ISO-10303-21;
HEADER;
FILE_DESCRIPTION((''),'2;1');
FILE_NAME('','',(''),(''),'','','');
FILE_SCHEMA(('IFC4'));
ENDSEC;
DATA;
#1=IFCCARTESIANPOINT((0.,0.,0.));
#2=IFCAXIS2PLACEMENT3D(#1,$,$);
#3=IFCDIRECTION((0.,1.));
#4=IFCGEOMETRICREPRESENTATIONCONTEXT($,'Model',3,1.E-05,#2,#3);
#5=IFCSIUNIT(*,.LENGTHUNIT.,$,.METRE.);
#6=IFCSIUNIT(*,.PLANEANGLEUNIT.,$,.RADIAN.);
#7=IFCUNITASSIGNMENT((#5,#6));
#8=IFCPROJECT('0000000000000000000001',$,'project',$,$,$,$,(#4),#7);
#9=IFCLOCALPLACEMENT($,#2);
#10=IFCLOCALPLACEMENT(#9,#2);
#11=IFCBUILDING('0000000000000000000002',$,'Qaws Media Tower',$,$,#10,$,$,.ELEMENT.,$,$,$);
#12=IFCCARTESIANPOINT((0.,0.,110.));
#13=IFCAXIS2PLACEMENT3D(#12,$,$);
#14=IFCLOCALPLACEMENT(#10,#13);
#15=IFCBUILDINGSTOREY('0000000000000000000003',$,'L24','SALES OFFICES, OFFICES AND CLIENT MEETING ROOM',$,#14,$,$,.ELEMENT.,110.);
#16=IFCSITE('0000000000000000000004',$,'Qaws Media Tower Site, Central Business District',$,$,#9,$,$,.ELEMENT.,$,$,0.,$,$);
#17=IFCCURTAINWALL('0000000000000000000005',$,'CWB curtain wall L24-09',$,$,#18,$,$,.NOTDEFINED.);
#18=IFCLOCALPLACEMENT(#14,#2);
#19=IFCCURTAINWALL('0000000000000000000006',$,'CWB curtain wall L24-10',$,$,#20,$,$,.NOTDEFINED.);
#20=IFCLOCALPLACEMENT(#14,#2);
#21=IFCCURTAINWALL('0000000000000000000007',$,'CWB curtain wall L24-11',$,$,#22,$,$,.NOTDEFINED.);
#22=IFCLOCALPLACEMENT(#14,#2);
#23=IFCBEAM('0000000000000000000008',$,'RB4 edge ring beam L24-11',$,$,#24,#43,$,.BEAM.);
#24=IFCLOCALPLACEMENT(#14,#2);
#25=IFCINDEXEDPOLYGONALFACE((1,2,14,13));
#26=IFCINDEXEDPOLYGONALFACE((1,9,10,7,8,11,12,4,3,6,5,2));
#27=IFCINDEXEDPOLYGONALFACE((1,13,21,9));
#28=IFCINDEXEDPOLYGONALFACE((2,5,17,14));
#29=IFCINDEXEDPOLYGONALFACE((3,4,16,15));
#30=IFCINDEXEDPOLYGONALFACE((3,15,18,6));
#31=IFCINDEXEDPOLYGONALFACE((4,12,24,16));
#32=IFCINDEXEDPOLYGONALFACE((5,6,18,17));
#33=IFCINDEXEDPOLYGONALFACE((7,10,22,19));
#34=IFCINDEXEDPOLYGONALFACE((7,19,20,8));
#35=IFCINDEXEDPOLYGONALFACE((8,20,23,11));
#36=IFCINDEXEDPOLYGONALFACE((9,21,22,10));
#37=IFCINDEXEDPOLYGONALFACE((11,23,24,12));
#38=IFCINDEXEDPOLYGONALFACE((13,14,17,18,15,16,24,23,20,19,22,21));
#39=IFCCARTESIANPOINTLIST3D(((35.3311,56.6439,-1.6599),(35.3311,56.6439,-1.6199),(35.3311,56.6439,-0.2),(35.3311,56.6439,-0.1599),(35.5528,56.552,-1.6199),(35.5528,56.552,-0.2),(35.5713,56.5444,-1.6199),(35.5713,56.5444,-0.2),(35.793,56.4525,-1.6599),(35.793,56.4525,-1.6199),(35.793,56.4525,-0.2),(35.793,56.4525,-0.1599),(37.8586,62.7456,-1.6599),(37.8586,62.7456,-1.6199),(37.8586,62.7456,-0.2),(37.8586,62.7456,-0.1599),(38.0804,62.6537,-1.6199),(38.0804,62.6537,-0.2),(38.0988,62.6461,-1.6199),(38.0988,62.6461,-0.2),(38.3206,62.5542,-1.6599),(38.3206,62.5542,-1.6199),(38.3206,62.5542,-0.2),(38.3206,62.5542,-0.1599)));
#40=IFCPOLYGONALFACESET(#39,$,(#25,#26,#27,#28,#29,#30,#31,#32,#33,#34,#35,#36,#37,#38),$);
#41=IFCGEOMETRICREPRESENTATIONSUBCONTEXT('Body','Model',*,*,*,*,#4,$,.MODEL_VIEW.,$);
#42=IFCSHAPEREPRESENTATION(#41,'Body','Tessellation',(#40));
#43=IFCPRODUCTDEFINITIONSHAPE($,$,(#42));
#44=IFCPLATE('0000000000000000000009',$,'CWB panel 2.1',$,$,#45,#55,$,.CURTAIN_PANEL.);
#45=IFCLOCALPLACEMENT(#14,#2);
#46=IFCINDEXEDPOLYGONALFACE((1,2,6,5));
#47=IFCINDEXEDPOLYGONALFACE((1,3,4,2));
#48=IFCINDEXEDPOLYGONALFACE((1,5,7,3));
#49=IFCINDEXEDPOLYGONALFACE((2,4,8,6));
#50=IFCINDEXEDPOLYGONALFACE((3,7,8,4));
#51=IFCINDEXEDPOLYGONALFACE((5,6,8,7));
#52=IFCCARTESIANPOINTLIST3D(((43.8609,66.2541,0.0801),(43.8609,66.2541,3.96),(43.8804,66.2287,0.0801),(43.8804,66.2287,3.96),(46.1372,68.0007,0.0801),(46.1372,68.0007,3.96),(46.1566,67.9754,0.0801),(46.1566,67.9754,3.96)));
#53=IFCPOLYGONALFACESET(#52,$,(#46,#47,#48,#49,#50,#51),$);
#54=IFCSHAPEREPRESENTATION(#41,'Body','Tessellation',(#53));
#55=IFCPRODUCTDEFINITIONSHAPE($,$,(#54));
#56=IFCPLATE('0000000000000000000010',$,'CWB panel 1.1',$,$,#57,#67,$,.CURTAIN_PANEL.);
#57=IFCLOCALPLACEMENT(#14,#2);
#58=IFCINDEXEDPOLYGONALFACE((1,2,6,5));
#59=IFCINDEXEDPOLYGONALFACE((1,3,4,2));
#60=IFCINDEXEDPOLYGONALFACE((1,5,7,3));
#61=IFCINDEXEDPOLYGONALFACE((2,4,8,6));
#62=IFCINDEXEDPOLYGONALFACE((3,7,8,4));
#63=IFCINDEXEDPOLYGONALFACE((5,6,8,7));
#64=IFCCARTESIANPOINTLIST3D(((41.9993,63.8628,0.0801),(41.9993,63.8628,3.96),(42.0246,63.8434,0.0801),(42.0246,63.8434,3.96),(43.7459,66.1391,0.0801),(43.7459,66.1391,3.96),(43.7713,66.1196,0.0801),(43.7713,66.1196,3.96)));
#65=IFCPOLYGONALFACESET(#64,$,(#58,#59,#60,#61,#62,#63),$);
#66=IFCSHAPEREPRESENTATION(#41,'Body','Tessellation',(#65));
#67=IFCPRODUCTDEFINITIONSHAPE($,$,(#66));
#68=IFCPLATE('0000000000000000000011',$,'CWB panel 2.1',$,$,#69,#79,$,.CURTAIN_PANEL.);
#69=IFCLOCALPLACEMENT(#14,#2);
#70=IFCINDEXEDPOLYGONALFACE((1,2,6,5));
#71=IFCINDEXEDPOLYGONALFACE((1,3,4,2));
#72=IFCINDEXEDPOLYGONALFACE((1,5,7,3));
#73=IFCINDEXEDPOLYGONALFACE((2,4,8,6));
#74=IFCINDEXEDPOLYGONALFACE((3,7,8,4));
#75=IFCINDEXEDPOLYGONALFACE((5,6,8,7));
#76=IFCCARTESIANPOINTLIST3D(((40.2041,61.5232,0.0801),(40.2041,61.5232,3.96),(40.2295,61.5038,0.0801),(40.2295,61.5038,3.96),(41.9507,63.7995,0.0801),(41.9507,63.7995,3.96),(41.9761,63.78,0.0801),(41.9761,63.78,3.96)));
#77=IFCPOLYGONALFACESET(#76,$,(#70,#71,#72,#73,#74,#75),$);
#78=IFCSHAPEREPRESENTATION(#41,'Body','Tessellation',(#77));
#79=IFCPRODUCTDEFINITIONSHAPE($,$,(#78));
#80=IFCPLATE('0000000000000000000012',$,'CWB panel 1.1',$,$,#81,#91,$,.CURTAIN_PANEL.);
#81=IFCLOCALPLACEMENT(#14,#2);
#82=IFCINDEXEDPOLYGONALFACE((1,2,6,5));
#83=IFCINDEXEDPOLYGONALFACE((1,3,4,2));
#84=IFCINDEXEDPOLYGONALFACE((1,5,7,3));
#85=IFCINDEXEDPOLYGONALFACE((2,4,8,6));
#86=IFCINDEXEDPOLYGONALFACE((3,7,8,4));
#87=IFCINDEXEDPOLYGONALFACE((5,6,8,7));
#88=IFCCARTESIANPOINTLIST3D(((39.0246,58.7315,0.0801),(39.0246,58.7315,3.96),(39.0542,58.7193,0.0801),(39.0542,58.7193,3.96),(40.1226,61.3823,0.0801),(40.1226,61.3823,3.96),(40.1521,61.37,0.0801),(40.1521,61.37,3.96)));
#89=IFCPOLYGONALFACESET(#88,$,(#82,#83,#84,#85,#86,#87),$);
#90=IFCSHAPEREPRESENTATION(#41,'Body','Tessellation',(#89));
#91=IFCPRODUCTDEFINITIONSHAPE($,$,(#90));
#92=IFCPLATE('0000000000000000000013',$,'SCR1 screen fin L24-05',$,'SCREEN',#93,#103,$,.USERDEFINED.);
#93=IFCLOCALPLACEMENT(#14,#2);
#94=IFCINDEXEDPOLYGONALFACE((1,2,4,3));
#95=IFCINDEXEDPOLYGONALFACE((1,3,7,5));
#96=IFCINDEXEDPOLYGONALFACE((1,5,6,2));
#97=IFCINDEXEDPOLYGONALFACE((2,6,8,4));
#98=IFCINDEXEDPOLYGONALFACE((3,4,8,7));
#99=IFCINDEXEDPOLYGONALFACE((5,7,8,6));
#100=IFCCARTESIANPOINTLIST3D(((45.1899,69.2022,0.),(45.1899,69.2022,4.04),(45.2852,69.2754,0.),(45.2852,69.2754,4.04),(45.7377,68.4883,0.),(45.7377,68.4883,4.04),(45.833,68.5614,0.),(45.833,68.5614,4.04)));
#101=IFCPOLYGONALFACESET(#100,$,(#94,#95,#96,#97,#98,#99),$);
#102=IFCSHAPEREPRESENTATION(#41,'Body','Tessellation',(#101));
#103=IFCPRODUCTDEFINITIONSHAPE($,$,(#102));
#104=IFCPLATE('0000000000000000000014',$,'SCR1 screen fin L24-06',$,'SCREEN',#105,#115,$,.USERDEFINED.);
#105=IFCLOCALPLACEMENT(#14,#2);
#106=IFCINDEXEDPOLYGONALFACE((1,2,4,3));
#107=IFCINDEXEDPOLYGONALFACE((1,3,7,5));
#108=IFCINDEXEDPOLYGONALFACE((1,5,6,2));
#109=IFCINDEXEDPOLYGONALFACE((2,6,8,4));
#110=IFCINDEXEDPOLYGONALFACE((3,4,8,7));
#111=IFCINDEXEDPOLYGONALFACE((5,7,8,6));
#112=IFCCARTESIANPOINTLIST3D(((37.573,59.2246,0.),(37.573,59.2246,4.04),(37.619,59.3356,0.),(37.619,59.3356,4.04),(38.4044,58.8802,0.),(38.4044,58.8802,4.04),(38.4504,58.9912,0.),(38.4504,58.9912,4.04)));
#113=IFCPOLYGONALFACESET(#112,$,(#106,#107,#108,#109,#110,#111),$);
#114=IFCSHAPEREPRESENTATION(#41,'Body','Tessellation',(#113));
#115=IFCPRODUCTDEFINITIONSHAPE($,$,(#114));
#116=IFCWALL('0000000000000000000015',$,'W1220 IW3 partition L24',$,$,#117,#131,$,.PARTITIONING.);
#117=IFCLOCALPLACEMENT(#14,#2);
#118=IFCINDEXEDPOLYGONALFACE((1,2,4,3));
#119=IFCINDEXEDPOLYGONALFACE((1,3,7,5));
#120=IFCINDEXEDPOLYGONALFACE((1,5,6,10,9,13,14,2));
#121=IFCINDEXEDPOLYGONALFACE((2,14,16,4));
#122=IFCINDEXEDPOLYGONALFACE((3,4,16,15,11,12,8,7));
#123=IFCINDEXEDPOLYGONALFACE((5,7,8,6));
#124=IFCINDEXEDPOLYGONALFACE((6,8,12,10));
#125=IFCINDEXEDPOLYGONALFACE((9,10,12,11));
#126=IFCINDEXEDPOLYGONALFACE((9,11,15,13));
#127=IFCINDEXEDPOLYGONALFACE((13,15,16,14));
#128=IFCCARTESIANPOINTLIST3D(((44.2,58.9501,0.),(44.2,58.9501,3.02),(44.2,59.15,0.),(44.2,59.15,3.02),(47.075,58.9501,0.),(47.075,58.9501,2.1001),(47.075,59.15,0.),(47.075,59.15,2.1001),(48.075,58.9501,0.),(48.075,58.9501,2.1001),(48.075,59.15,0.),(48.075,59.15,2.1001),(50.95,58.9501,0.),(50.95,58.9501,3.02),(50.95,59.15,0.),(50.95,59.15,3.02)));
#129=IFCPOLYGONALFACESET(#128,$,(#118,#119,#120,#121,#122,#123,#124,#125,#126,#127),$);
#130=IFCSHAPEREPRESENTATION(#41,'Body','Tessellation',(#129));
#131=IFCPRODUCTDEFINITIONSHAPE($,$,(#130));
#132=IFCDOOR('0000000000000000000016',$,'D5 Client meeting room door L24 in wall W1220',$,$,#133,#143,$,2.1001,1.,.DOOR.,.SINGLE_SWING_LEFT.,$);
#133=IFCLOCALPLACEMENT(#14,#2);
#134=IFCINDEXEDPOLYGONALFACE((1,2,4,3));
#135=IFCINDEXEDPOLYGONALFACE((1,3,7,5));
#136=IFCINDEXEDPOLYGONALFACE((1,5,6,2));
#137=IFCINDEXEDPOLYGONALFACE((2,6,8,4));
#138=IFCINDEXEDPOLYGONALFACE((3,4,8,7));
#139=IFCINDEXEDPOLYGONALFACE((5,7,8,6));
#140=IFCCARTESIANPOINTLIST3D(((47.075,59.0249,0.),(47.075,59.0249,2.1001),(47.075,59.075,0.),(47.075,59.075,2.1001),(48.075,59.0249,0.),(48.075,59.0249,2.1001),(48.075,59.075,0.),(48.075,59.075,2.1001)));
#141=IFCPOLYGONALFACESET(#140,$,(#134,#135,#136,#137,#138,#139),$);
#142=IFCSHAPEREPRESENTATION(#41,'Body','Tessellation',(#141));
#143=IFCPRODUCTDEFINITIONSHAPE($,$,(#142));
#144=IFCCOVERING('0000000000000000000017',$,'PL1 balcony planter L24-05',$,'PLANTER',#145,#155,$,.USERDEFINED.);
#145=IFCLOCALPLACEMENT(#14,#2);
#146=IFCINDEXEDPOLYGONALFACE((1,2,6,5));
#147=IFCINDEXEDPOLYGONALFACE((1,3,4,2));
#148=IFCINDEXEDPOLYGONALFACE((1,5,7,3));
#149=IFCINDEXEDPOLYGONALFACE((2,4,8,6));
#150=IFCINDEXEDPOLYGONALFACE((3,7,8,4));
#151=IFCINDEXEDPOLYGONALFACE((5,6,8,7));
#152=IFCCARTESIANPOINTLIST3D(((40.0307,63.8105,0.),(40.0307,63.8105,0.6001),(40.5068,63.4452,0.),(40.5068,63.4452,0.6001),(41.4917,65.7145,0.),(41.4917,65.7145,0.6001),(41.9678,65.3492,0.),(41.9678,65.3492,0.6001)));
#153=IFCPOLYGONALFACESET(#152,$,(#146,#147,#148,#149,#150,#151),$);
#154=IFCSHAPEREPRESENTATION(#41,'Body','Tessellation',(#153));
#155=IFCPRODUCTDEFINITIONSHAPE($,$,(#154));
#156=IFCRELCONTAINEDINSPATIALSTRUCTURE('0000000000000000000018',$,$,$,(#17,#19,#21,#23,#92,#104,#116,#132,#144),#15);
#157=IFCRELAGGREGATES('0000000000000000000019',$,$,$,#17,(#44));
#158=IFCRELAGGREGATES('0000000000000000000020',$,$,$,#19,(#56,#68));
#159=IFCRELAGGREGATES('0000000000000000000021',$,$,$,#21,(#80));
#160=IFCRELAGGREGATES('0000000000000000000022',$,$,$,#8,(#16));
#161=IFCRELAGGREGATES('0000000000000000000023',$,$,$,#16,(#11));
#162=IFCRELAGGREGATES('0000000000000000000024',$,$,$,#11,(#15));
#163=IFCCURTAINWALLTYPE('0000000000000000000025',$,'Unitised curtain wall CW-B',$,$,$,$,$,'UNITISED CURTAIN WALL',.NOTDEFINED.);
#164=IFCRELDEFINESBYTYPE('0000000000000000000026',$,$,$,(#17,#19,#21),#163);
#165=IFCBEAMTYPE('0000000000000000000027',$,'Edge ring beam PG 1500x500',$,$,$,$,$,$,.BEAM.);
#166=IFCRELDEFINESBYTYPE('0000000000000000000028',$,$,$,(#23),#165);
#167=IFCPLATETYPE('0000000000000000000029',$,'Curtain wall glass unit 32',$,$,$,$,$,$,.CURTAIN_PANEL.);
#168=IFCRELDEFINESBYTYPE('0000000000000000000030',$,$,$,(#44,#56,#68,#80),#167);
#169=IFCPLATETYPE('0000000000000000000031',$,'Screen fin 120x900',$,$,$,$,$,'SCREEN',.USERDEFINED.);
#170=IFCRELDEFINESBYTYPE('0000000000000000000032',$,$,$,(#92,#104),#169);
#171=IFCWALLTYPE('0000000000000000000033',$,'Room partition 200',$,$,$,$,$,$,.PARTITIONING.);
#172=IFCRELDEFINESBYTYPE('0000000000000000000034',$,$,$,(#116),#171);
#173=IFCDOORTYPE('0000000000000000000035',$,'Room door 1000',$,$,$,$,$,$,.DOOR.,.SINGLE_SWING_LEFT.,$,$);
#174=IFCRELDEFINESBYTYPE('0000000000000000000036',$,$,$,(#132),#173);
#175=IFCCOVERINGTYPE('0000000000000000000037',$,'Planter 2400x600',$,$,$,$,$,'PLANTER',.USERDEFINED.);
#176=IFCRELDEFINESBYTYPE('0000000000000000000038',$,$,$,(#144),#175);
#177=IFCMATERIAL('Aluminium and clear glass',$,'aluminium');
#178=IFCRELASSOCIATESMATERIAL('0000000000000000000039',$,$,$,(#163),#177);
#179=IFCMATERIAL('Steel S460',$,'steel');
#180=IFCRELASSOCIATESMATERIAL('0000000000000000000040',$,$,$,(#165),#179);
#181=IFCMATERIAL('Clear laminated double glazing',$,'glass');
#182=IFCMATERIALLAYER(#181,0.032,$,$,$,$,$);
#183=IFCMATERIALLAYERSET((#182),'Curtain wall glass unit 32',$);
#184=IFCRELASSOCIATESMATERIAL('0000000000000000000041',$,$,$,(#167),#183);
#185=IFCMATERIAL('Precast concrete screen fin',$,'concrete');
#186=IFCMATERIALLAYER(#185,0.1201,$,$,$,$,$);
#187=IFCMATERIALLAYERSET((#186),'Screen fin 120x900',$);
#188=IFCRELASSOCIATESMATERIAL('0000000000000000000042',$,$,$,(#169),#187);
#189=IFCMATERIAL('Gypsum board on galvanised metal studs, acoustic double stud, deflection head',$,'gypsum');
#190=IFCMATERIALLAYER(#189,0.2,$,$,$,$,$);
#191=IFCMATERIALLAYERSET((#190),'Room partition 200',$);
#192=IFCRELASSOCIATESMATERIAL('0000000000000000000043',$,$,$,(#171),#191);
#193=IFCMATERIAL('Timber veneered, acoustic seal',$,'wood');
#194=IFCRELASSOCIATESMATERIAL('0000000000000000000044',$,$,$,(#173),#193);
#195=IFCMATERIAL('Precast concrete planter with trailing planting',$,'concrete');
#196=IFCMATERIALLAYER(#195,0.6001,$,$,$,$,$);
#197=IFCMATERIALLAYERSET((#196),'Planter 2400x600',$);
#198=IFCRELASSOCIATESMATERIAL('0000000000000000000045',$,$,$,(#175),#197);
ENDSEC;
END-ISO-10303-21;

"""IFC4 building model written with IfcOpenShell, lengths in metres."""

from ifc_helpers import new_model, si_unit, direction, frame, frame_2d, origin, origin_2d, place, context, subcontext, project, spatial, rectangle, i_section, extrude, material, layer, layer_set, material_profile, profile_set, type_object, element, fill, aggregate, save


model = new_model("IFC4")

# Units and contexts
model_context = context("Model", 3, precision=1e-05, world=origin(), true_north=direction((0.0, 1.0)))
body_context = subcontext(model_context, "Body", "Model", "MODEL_VIEW")
ifc_project = project(units=[si_unit("LENGTHUNIT", "METRE"), si_unit("PLANEANGLEUNIT", "RADIAN")], contexts=[model_context])

# Site, building, storey
site_placement = place(None, origin())
site = spatial("IfcSite", under=ifc_project, at=site_placement, Name="Qaws Media Tower Site, Central Business District", CompositionType="ELEMENT", RefElevation=0.0)
building_placement = place(site_placement, origin())
building = spatial("IfcBuilding", under=site, at=building_placement, Name="Qaws Media Tower", CompositionType="ELEMENT")
storey_placement = place(building_placement, frame((0.0, 0.0, 110.0)))
storey = spatial("IfcBuildingStorey", under=building, at=storey_placement, Name="L24", Description="SALES OFFICES, OFFICES AND CLIENT MEETING ROOM", CompositionType="ELEMENT", Elevation=110.0)

# Curtain wall
ifc_material_1 = material(Name="Aluminium and clear glass", Category="aluminium")
curtain_wall_type = type_object("IfcCurtainWallType", Name="Unitised curtain wall CW-B", ElementType="UNITISED CURTAIN WALL", PredefinedType="NOTDEFINED", material=ifc_material_1)
curtain_wall_1_placement = place(storey_placement, origin())
curtain_wall_1 = element("IfcCurtainWall", 1, at=curtain_wall_1_placement, inside=storey, type_object=curtain_wall_type, Name="CWB curtain wall L24-09", PredefinedType="NOTDEFINED")

# Curtain walls
curtain_wall_2_placement = place(storey_placement, origin())
curtain_wall_2 = element("IfcCurtainWall", 2, at=curtain_wall_2_placement, inside=storey, type_object=curtain_wall_type, Name="CWB curtain wall L24-10", PredefinedType="NOTDEFINED")
curtain_wall_3_placement = place(storey_placement, origin())
curtain_wall_3 = element("IfcCurtainWall", 3, at=curtain_wall_3_placement, inside=storey, type_object=curtain_wall_type, Name="CWB curtain wall L24-11", PredefinedType="NOTDEFINED")

# Beam
ifc_material_2 = material(Name="Steel S460", Category="steel")
ifc_material_profile_1 = material_profile(ifc_material_2, i_section(OverallWidth=0.5, OverallDepth=1.5, WebThickness=0.02, FlangeThickness=0.04, at=origin_2d()), Name="PG 1500x500")
ifc_profile_set_1 = profile_set([ifc_material_profile_1], Name="Steel S460")
beam_type = type_object("IfcBeamType", Name="Edge ring beam PG 1500x500", PredefinedType="BEAM", material=ifc_profile_set_1)
beam_1_placement = place(storey_placement, frame((38.0896, 62.6499, -0.9099), z_axis=(-0.382701, -0.923872, 0.0), x_axis=(0.923872, -0.382701, 0.0)))
element("IfcBeam", 4, at=beam_1_placement, inside=storey, type_object=beam_type, Name="RB4 edge ring beam L24-11", PredefinedType="BEAM", context=body_context, shape_type="SweptSolid", body=[
    extrude(i_section(OverallWidth=0.5, OverallDepth=1.5, WebThickness=0.02, FlangeThickness=0.04, at=origin_2d()), origin(), (0.0, 0.0, 1.0), 6.6045),
])

# Plates
ifc_material_3 = material(Name="Clear laminated double glazing", Category="glass")
ifc_layer_1 = layer(ifc_material_3, 0.032)
ifc_layer_set_1 = layer_set([ifc_layer_1], Name="Curtain wall glass unit 32")
plate_type_1 = type_object("IfcPlateType", Name="Curtain wall glass unit 32", PredefinedType="CURTAIN_PANEL", material=ifc_layer_set_1)
plate_1_placement = place(storey_placement, frame((45.0088, 67.1147, 0.0801), z_axis=(0.0, 0.0, 1.0), x_axis=(-0.793353, -0.608762, 0.0)))
plate_1 = element("IfcPlate", 5, at=plate_1_placement, type_object=plate_type_1, Name="CWB panel 2.1", PredefinedType="CURTAIN_PANEL", context=body_context, shape_type="SweptSolid", body=[
    extrude(rectangle(XDim=2.8691, YDim=0.032, at=origin_2d()), origin(), (0.0, 0.0, 1.0), 3.8799),
])
aggregate(curtain_wall_1, [plate_1])
plate_2_placement = place(storey_placement, frame((42.8853, 64.9912, 0.0801), z_axis=(0.0, 0.0, 1.0), x_axis=(-0.608762, -0.793353, 0.0)))
plate_2 = element("IfcPlate", 6, at=plate_2_placement, type_object=plate_type_1, Name="CWB panel 1.1", PredefinedType="CURTAIN_PANEL", context=body_context, shape_type="SweptSolid", body=[
    extrude(rectangle(XDim=2.8691, YDim=0.032, at=origin_2d()), origin(), (0.0, 0.0, 1.0), 3.8799),
])
plate_3_placement = place(storey_placement, frame((41.0901, 62.6516, 0.0801), z_axis=(0.0, 0.0, 1.0), x_axis=(-0.608762, -0.793353, 0.0)))
plate_3 = element("IfcPlate", 7, at=plate_3_placement, type_object=plate_type_1, Name="CWB panel 2.1", PredefinedType="CURTAIN_PANEL", context=body_context, shape_type="SweptSolid", body=[
    extrude(rectangle(XDim=2.8691, YDim=0.032, at=origin_2d()), origin(), (0.0, 0.0, 1.0), 3.8799),
])
aggregate(curtain_wall_2, [plate_2, plate_3])
plate_4_placement = place(storey_placement, frame((39.5884, 60.0508, 0.0801), z_axis=(0.0, 0.0, 1.0), x_axis=(-0.382683, -0.92388, 0.0)))
plate_4 = element("IfcPlate", 8, at=plate_4_placement, type_object=plate_type_1, Name="CWB panel 1.1", PredefinedType="CURTAIN_PANEL", context=body_context, shape_type="SweptSolid", body=[
    extrude(rectangle(XDim=2.8691, YDim=0.032, at=origin_2d()), origin(), (0.0, 0.0, 1.0), 3.8799),
])
aggregate(curtain_wall_3, [plate_4])

# Plates
ifc_material_4 = material(Name="Precast concrete screen fin", Category="concrete")
ifc_layer_2 = layer(ifc_material_4, 0.1201)
ifc_layer_set_2 = layer_set([ifc_layer_2], Name="Screen fin 120x900")
plate_type_2 = type_object("IfcPlateType", Name="Screen fin 120x900", ElementType="SCREEN", PredefinedType="USERDEFINED", material=ifc_layer_set_2)
for number, where, z_axis, x_axis, name in (
    (9, (45.5115, 68.8818, 0.0), (0.0, 0.0, 1.0), (-0.608761, 0.793353, 0.0), "SCR1 screen fin L24-05"),
    (10, (38.0117, 59.1079, 0.0), (0.0, 0.0, 1.0), (-0.92388, 0.382683, 0.0), "SCR1 screen fin L24-06"),
):
    element("IfcPlate", number, at=place(storey_placement, frame(where, z_axis=z_axis, x_axis=x_axis)), inside=storey, type_object=plate_type_2, Name=name, ObjectType="SCREEN", PredefinedType="USERDEFINED", context=body_context, shape_type="SweptSolid", body=[
        extrude(rectangle(XDim=0.8999, YDim=0.1201, at=origin_2d()), origin(), (0.0, 0.0, 1.0), 4.04),
    ])

# Wall, opening, door
ifc_material_5 = material(Name="Gypsum board on galvanised metal studs, acoustic double stud, deflection head", Category="gypsum")
ifc_layer_3 = layer(ifc_material_5, 0.2)
ifc_layer_set_3 = layer_set([ifc_layer_3], Name="Room partition 200")
wall_type = type_object("IfcWallType", Name="Room partition 200", PredefinedType="PARTITIONING", material=ifc_layer_set_3)
wall_placement = place(storey_placement, frame((44.2, 59.05, 0.0), z_axis=(0.0, 0.0, 1.0), x_axis=(1.0, 0.0, 0.0)))
wall = element("IfcWall", 11, at=wall_placement, inside=storey, type_object=wall_type, Name="W1220 IW3 partition L24", PredefinedType="PARTITIONING", context=body_context, shape_type="SweptSolid", body=[
    extrude(rectangle(XDim=6.75, YDim=0.2, at=frame_2d((3.375, 0.0))), origin(), (0.0, 0.0, 1.0), 3.02),
])
opening_placement = place(wall_placement, frame((2.875, 0.0, 0.0)))
opening = element("IfcOpeningElement", 12, at=opening_placement, cuts=wall, PredefinedType="OPENING", context=body_context, shape_type="SweptSolid", body=[
    extrude(rectangle(XDim=1.0, YDim=2.1001, at=frame_2d((0.5, 1.05))), frame((0.0, 0.1099, 0.0), z_axis=(0.0, -1.0, 0.0), x_axis=(1.0, 0.0, 0.0)), (0.0, 0.0, 1.0), 0.22),
])
ifc_material_6 = material(Name="Timber veneered, acoustic seal", Category="wood")
door_type = type_object("IfcDoorType", Name="Room door 1000", OperationType="SINGLE_SWING_LEFT", PredefinedType="DOOR", material=ifc_material_6)
door_placement = place(opening_placement, origin())
door = element("IfcDoor", 13, at=door_placement, inside=storey, type_object=door_type, Name="D5 Client meeting room door L24 in wall W1220", OperationType="SINGLE_SWING_LEFT", OverallHeight=2.1001, OverallWidth=1.0, PredefinedType="DOOR", context=body_context, shape_type="SweptSolid", body=[
    extrude(rectangle(XDim=1.0, YDim=2.1001, at=frame_2d((0.5, 1.05))), frame((0.0, 0.0249, 0.0), z_axis=(0.0, -1.0, 0.0), x_axis=(1.0, 0.0, 0.0)), (0.0, 0.0, 1.0), 0.05),
])
fill(opening, door)

# Covering
ifc_material_7 = material(Name="Precast concrete planter with trailing planting", Category="concrete")
ifc_layer_4 = layer(ifc_material_7, 0.6001)
ifc_layer_set_4 = layer_set([ifc_layer_4], Name="Planter 2400x600")
covering_type = type_object("IfcCoveringType", Name="Planter 2400x600", ElementType="PLANTER", PredefinedType="USERDEFINED", material=ifc_layer_set_4)
covering_placement = place(storey_placement, frame((40.9993, 64.5798, 0.0), z_axis=(0.0, 0.0, 1.0), x_axis=(-0.608761, -0.793353, 0.0)))
element("IfcCovering", 14, at=covering_placement, inside=storey, type_object=covering_type, Name="PL1 balcony planter L24-05", ObjectType="PLANTER", PredefinedType="USERDEFINED", context=body_context, shape_type="SweptSolid", body=[
    extrude(rectangle(XDim=2.3999, YDim=0.6001, at=origin_2d()), origin(), (0.0, 0.0, 1.0), 0.6001),
])

save(model, "model.ifc")
